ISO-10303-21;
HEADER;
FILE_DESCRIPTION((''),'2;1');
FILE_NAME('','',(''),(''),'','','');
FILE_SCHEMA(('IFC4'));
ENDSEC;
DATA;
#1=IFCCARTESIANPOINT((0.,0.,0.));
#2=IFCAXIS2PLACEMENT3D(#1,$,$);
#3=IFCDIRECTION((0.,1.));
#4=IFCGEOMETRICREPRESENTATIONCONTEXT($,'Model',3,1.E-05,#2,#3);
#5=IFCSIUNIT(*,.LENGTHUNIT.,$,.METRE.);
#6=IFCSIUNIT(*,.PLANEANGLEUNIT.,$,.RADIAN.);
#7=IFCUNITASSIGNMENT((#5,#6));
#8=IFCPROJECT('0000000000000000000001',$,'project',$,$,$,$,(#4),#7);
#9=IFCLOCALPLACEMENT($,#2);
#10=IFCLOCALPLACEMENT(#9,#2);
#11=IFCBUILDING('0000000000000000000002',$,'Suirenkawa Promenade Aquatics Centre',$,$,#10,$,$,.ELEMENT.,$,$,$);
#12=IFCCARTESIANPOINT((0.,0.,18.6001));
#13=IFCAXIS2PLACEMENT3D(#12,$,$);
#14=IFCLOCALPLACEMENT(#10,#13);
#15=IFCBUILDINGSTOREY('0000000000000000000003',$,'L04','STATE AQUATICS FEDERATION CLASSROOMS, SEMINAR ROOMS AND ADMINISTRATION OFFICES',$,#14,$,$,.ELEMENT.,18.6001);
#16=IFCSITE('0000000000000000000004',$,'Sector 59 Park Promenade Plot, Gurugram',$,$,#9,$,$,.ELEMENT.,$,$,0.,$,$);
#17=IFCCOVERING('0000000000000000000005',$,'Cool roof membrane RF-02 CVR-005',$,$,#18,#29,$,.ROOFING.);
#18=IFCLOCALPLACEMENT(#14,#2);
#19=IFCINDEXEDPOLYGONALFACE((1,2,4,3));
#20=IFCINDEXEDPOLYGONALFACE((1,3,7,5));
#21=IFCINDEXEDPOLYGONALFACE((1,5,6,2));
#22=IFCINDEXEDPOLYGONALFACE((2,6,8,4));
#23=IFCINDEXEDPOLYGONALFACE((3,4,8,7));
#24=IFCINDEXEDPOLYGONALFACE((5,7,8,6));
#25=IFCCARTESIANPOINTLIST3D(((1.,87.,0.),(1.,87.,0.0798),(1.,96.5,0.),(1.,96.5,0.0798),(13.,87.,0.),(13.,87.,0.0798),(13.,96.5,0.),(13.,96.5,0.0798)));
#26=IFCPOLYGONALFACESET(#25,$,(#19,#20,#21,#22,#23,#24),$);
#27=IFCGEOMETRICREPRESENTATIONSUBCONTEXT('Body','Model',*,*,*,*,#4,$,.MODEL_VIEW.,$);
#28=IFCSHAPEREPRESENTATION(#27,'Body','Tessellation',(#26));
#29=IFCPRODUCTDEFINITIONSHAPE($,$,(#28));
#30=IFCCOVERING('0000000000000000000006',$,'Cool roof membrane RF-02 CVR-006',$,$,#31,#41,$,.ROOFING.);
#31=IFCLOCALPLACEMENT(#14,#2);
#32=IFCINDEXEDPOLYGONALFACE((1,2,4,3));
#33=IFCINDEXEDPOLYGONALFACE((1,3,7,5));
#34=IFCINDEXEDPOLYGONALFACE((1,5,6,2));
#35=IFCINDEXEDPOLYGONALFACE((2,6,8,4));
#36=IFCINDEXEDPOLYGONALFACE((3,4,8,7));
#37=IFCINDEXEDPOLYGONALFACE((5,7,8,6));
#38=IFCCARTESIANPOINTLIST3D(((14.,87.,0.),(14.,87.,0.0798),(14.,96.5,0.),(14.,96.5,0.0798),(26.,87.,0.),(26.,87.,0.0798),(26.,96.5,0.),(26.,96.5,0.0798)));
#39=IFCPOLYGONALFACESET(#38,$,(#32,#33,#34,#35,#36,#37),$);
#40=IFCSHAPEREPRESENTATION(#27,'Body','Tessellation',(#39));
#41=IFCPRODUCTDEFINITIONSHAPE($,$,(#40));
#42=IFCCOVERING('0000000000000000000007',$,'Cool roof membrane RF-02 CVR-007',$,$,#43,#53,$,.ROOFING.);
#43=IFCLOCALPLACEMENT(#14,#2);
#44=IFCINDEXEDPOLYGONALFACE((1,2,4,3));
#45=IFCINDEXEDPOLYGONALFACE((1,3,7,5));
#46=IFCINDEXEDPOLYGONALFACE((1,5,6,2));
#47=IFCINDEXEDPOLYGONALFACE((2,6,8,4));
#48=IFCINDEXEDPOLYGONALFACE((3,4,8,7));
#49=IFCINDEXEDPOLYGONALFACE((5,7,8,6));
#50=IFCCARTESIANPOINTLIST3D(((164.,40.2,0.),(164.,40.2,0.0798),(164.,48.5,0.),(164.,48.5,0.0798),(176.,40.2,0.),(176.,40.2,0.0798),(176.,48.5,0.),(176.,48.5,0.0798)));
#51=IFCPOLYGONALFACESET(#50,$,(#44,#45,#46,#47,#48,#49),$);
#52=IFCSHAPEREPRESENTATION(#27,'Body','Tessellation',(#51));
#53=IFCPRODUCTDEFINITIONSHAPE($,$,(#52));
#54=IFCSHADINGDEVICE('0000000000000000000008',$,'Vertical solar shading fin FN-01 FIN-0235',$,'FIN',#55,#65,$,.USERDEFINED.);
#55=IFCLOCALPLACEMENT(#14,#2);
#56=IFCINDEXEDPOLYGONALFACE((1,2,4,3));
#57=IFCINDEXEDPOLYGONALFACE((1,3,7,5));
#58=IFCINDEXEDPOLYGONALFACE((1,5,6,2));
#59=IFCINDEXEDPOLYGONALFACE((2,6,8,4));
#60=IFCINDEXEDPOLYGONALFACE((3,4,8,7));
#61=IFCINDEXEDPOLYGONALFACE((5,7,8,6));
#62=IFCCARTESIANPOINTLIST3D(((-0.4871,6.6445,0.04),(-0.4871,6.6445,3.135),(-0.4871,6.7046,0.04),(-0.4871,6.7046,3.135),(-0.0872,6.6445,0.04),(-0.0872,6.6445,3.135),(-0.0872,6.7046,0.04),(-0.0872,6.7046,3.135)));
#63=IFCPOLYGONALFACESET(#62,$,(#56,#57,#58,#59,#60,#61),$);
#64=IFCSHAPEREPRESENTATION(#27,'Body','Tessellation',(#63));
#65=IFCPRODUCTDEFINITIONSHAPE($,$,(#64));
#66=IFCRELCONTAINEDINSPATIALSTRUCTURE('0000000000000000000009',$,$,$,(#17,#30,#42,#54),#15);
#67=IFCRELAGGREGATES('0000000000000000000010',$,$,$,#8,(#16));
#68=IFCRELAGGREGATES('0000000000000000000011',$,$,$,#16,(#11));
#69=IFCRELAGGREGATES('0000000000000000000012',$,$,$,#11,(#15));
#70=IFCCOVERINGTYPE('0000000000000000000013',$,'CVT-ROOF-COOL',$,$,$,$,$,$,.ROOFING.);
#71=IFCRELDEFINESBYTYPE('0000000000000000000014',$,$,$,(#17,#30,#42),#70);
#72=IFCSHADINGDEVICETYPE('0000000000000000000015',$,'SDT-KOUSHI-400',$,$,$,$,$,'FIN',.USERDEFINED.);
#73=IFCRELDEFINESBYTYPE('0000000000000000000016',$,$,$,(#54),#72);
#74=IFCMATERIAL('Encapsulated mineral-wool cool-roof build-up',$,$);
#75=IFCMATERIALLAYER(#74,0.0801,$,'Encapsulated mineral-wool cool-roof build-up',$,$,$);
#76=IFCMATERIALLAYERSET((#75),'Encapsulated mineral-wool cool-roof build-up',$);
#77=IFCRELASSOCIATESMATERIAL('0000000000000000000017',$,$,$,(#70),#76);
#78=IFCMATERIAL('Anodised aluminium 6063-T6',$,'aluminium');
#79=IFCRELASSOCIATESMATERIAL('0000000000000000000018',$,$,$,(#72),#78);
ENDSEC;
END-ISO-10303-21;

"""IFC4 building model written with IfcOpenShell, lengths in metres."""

from ifc_helpers import new_model, si_unit, direction, frame, origin, origin_2d, place, context, subcontext, project, spatial, polyline, rectangle, outline, extrude, material, layer, layer_set, type_object, element, save


model = new_model("IFC4")

# Units and contexts
model_context = context("Model", 3, precision=1e-05, world=origin(), true_north=direction((0.0, 1.0)))
body_context = subcontext(model_context, "Body", "Model", "MODEL_VIEW")
ifc_project = project(units=[si_unit("LENGTHUNIT", "METRE"), si_unit("PLANEANGLEUNIT", "RADIAN")], contexts=[model_context])

# Site, building, storey
site_placement = place(None, origin())
site = spatial("IfcSite", under=ifc_project, at=site_placement, Name="Sector 59 Park Promenade Plot, Gurugram", CompositionType="ELEMENT", RefElevation=0.0)
building_placement = place(site_placement, origin())
building = spatial("IfcBuilding", under=site, at=building_placement, Name="Suirenkawa Promenade Aquatics Centre", CompositionType="ELEMENT")
storey_placement = place(building_placement, frame((0.0, 0.0, 18.6001)))
storey = spatial("IfcBuildingStorey", under=building, at=storey_placement, Name="L04", Description="STATE AQUATICS FEDERATION CLASSROOMS, SEMINAR ROOMS AND ADMINISTRATION OFFICES", CompositionType="ELEMENT", Elevation=18.6001)

# Shared definitions
ifc_material_1 = material(Name="Anodised aluminium 6063-T6", Category="aluminium")

# Coverings
ifc_material_2 = material(Name="Encapsulated mineral-wool cool-roof build-up")
ifc_layer_1 = layer(ifc_material_2, 0.0801, Name="Encapsulated mineral-wool cool-roof build-up")
ifc_layer_set_1 = layer_set([ifc_layer_1], Name="Encapsulated mineral-wool cool-roof build-up")
covering_type_1 = type_object("IfcCoveringType", Name="CVT-ROOF-COOL", PredefinedType="ROOFING", material=ifc_layer_set_1)
covering_1_placement = place(storey_placement, origin())
element("IfcCovering", 1, at=covering_1_placement, inside=storey, type_object=covering_type_1, Name="Cool roof membrane RF-02 CVR-005", PredefinedType="ROOFING", context=body_context, shape_type="SweptSolid", body=[
    extrude(outline(polyline([(1.0, 87.0), (13.0, 87.0), (13.0, 96.5), (1.0, 96.5), (1.0, 87.0)])), origin(), (0.0, 0.0, 1.0), 0.0798),
])
covering_2_placement = place(storey_placement, origin())
element("IfcCovering", 2, at=covering_2_placement, inside=storey, type_object=covering_type_1, Name="Cool roof membrane RF-02 CVR-006", PredefinedType="ROOFING", context=body_context, shape_type="SweptSolid", body=[
    extrude(outline(polyline([(14.0, 87.0), (26.0, 87.0), (26.0, 96.5), (14.0, 96.5), (14.0, 87.0)])), origin(), (0.0, 0.0, 1.0), 0.0798),
])
covering_3_placement = place(storey_placement, origin())
element("IfcCovering", 3, at=covering_3_placement, inside=storey, type_object=covering_type_1, Name="Cool roof membrane RF-02 CVR-007", PredefinedType="ROOFING", context=body_context, shape_type="SweptSolid", body=[
    extrude(outline(polyline([(164.0, 40.2), (176.0, 40.2), (176.0, 48.5), (164.0, 48.5), (164.0, 40.2)])), origin(), (0.0, 0.0, 1.0), 0.0798),
])

# Shading device
shading_device_type = type_object("IfcShadingDeviceType", Name="SDT-KOUSHI-400", ElementType="FIN", PredefinedType="USERDEFINED", material=ifc_material_1)
shading_device_placement = place(storey_placement, frame((-0.2871, 6.6746, 0.04), z_axis=(0.0, 0.0, 1.0), x_axis=(-1.0, 0.0, 0.0)))
element("IfcShadingDevice", 4, at=shading_device_placement, inside=storey, type_object=shading_device_type, Name="Vertical solar shading fin FN-01 FIN-0235", ObjectType="FIN", PredefinedType="USERDEFINED", context=body_context, shape_type="SweptSolid", body=[
    extrude(rectangle(XDim=0.3999, YDim=0.0601, at=origin_2d()), origin(), (0.0, 0.0, 1.0), 3.095),
])

save(model, "model.ifc")
